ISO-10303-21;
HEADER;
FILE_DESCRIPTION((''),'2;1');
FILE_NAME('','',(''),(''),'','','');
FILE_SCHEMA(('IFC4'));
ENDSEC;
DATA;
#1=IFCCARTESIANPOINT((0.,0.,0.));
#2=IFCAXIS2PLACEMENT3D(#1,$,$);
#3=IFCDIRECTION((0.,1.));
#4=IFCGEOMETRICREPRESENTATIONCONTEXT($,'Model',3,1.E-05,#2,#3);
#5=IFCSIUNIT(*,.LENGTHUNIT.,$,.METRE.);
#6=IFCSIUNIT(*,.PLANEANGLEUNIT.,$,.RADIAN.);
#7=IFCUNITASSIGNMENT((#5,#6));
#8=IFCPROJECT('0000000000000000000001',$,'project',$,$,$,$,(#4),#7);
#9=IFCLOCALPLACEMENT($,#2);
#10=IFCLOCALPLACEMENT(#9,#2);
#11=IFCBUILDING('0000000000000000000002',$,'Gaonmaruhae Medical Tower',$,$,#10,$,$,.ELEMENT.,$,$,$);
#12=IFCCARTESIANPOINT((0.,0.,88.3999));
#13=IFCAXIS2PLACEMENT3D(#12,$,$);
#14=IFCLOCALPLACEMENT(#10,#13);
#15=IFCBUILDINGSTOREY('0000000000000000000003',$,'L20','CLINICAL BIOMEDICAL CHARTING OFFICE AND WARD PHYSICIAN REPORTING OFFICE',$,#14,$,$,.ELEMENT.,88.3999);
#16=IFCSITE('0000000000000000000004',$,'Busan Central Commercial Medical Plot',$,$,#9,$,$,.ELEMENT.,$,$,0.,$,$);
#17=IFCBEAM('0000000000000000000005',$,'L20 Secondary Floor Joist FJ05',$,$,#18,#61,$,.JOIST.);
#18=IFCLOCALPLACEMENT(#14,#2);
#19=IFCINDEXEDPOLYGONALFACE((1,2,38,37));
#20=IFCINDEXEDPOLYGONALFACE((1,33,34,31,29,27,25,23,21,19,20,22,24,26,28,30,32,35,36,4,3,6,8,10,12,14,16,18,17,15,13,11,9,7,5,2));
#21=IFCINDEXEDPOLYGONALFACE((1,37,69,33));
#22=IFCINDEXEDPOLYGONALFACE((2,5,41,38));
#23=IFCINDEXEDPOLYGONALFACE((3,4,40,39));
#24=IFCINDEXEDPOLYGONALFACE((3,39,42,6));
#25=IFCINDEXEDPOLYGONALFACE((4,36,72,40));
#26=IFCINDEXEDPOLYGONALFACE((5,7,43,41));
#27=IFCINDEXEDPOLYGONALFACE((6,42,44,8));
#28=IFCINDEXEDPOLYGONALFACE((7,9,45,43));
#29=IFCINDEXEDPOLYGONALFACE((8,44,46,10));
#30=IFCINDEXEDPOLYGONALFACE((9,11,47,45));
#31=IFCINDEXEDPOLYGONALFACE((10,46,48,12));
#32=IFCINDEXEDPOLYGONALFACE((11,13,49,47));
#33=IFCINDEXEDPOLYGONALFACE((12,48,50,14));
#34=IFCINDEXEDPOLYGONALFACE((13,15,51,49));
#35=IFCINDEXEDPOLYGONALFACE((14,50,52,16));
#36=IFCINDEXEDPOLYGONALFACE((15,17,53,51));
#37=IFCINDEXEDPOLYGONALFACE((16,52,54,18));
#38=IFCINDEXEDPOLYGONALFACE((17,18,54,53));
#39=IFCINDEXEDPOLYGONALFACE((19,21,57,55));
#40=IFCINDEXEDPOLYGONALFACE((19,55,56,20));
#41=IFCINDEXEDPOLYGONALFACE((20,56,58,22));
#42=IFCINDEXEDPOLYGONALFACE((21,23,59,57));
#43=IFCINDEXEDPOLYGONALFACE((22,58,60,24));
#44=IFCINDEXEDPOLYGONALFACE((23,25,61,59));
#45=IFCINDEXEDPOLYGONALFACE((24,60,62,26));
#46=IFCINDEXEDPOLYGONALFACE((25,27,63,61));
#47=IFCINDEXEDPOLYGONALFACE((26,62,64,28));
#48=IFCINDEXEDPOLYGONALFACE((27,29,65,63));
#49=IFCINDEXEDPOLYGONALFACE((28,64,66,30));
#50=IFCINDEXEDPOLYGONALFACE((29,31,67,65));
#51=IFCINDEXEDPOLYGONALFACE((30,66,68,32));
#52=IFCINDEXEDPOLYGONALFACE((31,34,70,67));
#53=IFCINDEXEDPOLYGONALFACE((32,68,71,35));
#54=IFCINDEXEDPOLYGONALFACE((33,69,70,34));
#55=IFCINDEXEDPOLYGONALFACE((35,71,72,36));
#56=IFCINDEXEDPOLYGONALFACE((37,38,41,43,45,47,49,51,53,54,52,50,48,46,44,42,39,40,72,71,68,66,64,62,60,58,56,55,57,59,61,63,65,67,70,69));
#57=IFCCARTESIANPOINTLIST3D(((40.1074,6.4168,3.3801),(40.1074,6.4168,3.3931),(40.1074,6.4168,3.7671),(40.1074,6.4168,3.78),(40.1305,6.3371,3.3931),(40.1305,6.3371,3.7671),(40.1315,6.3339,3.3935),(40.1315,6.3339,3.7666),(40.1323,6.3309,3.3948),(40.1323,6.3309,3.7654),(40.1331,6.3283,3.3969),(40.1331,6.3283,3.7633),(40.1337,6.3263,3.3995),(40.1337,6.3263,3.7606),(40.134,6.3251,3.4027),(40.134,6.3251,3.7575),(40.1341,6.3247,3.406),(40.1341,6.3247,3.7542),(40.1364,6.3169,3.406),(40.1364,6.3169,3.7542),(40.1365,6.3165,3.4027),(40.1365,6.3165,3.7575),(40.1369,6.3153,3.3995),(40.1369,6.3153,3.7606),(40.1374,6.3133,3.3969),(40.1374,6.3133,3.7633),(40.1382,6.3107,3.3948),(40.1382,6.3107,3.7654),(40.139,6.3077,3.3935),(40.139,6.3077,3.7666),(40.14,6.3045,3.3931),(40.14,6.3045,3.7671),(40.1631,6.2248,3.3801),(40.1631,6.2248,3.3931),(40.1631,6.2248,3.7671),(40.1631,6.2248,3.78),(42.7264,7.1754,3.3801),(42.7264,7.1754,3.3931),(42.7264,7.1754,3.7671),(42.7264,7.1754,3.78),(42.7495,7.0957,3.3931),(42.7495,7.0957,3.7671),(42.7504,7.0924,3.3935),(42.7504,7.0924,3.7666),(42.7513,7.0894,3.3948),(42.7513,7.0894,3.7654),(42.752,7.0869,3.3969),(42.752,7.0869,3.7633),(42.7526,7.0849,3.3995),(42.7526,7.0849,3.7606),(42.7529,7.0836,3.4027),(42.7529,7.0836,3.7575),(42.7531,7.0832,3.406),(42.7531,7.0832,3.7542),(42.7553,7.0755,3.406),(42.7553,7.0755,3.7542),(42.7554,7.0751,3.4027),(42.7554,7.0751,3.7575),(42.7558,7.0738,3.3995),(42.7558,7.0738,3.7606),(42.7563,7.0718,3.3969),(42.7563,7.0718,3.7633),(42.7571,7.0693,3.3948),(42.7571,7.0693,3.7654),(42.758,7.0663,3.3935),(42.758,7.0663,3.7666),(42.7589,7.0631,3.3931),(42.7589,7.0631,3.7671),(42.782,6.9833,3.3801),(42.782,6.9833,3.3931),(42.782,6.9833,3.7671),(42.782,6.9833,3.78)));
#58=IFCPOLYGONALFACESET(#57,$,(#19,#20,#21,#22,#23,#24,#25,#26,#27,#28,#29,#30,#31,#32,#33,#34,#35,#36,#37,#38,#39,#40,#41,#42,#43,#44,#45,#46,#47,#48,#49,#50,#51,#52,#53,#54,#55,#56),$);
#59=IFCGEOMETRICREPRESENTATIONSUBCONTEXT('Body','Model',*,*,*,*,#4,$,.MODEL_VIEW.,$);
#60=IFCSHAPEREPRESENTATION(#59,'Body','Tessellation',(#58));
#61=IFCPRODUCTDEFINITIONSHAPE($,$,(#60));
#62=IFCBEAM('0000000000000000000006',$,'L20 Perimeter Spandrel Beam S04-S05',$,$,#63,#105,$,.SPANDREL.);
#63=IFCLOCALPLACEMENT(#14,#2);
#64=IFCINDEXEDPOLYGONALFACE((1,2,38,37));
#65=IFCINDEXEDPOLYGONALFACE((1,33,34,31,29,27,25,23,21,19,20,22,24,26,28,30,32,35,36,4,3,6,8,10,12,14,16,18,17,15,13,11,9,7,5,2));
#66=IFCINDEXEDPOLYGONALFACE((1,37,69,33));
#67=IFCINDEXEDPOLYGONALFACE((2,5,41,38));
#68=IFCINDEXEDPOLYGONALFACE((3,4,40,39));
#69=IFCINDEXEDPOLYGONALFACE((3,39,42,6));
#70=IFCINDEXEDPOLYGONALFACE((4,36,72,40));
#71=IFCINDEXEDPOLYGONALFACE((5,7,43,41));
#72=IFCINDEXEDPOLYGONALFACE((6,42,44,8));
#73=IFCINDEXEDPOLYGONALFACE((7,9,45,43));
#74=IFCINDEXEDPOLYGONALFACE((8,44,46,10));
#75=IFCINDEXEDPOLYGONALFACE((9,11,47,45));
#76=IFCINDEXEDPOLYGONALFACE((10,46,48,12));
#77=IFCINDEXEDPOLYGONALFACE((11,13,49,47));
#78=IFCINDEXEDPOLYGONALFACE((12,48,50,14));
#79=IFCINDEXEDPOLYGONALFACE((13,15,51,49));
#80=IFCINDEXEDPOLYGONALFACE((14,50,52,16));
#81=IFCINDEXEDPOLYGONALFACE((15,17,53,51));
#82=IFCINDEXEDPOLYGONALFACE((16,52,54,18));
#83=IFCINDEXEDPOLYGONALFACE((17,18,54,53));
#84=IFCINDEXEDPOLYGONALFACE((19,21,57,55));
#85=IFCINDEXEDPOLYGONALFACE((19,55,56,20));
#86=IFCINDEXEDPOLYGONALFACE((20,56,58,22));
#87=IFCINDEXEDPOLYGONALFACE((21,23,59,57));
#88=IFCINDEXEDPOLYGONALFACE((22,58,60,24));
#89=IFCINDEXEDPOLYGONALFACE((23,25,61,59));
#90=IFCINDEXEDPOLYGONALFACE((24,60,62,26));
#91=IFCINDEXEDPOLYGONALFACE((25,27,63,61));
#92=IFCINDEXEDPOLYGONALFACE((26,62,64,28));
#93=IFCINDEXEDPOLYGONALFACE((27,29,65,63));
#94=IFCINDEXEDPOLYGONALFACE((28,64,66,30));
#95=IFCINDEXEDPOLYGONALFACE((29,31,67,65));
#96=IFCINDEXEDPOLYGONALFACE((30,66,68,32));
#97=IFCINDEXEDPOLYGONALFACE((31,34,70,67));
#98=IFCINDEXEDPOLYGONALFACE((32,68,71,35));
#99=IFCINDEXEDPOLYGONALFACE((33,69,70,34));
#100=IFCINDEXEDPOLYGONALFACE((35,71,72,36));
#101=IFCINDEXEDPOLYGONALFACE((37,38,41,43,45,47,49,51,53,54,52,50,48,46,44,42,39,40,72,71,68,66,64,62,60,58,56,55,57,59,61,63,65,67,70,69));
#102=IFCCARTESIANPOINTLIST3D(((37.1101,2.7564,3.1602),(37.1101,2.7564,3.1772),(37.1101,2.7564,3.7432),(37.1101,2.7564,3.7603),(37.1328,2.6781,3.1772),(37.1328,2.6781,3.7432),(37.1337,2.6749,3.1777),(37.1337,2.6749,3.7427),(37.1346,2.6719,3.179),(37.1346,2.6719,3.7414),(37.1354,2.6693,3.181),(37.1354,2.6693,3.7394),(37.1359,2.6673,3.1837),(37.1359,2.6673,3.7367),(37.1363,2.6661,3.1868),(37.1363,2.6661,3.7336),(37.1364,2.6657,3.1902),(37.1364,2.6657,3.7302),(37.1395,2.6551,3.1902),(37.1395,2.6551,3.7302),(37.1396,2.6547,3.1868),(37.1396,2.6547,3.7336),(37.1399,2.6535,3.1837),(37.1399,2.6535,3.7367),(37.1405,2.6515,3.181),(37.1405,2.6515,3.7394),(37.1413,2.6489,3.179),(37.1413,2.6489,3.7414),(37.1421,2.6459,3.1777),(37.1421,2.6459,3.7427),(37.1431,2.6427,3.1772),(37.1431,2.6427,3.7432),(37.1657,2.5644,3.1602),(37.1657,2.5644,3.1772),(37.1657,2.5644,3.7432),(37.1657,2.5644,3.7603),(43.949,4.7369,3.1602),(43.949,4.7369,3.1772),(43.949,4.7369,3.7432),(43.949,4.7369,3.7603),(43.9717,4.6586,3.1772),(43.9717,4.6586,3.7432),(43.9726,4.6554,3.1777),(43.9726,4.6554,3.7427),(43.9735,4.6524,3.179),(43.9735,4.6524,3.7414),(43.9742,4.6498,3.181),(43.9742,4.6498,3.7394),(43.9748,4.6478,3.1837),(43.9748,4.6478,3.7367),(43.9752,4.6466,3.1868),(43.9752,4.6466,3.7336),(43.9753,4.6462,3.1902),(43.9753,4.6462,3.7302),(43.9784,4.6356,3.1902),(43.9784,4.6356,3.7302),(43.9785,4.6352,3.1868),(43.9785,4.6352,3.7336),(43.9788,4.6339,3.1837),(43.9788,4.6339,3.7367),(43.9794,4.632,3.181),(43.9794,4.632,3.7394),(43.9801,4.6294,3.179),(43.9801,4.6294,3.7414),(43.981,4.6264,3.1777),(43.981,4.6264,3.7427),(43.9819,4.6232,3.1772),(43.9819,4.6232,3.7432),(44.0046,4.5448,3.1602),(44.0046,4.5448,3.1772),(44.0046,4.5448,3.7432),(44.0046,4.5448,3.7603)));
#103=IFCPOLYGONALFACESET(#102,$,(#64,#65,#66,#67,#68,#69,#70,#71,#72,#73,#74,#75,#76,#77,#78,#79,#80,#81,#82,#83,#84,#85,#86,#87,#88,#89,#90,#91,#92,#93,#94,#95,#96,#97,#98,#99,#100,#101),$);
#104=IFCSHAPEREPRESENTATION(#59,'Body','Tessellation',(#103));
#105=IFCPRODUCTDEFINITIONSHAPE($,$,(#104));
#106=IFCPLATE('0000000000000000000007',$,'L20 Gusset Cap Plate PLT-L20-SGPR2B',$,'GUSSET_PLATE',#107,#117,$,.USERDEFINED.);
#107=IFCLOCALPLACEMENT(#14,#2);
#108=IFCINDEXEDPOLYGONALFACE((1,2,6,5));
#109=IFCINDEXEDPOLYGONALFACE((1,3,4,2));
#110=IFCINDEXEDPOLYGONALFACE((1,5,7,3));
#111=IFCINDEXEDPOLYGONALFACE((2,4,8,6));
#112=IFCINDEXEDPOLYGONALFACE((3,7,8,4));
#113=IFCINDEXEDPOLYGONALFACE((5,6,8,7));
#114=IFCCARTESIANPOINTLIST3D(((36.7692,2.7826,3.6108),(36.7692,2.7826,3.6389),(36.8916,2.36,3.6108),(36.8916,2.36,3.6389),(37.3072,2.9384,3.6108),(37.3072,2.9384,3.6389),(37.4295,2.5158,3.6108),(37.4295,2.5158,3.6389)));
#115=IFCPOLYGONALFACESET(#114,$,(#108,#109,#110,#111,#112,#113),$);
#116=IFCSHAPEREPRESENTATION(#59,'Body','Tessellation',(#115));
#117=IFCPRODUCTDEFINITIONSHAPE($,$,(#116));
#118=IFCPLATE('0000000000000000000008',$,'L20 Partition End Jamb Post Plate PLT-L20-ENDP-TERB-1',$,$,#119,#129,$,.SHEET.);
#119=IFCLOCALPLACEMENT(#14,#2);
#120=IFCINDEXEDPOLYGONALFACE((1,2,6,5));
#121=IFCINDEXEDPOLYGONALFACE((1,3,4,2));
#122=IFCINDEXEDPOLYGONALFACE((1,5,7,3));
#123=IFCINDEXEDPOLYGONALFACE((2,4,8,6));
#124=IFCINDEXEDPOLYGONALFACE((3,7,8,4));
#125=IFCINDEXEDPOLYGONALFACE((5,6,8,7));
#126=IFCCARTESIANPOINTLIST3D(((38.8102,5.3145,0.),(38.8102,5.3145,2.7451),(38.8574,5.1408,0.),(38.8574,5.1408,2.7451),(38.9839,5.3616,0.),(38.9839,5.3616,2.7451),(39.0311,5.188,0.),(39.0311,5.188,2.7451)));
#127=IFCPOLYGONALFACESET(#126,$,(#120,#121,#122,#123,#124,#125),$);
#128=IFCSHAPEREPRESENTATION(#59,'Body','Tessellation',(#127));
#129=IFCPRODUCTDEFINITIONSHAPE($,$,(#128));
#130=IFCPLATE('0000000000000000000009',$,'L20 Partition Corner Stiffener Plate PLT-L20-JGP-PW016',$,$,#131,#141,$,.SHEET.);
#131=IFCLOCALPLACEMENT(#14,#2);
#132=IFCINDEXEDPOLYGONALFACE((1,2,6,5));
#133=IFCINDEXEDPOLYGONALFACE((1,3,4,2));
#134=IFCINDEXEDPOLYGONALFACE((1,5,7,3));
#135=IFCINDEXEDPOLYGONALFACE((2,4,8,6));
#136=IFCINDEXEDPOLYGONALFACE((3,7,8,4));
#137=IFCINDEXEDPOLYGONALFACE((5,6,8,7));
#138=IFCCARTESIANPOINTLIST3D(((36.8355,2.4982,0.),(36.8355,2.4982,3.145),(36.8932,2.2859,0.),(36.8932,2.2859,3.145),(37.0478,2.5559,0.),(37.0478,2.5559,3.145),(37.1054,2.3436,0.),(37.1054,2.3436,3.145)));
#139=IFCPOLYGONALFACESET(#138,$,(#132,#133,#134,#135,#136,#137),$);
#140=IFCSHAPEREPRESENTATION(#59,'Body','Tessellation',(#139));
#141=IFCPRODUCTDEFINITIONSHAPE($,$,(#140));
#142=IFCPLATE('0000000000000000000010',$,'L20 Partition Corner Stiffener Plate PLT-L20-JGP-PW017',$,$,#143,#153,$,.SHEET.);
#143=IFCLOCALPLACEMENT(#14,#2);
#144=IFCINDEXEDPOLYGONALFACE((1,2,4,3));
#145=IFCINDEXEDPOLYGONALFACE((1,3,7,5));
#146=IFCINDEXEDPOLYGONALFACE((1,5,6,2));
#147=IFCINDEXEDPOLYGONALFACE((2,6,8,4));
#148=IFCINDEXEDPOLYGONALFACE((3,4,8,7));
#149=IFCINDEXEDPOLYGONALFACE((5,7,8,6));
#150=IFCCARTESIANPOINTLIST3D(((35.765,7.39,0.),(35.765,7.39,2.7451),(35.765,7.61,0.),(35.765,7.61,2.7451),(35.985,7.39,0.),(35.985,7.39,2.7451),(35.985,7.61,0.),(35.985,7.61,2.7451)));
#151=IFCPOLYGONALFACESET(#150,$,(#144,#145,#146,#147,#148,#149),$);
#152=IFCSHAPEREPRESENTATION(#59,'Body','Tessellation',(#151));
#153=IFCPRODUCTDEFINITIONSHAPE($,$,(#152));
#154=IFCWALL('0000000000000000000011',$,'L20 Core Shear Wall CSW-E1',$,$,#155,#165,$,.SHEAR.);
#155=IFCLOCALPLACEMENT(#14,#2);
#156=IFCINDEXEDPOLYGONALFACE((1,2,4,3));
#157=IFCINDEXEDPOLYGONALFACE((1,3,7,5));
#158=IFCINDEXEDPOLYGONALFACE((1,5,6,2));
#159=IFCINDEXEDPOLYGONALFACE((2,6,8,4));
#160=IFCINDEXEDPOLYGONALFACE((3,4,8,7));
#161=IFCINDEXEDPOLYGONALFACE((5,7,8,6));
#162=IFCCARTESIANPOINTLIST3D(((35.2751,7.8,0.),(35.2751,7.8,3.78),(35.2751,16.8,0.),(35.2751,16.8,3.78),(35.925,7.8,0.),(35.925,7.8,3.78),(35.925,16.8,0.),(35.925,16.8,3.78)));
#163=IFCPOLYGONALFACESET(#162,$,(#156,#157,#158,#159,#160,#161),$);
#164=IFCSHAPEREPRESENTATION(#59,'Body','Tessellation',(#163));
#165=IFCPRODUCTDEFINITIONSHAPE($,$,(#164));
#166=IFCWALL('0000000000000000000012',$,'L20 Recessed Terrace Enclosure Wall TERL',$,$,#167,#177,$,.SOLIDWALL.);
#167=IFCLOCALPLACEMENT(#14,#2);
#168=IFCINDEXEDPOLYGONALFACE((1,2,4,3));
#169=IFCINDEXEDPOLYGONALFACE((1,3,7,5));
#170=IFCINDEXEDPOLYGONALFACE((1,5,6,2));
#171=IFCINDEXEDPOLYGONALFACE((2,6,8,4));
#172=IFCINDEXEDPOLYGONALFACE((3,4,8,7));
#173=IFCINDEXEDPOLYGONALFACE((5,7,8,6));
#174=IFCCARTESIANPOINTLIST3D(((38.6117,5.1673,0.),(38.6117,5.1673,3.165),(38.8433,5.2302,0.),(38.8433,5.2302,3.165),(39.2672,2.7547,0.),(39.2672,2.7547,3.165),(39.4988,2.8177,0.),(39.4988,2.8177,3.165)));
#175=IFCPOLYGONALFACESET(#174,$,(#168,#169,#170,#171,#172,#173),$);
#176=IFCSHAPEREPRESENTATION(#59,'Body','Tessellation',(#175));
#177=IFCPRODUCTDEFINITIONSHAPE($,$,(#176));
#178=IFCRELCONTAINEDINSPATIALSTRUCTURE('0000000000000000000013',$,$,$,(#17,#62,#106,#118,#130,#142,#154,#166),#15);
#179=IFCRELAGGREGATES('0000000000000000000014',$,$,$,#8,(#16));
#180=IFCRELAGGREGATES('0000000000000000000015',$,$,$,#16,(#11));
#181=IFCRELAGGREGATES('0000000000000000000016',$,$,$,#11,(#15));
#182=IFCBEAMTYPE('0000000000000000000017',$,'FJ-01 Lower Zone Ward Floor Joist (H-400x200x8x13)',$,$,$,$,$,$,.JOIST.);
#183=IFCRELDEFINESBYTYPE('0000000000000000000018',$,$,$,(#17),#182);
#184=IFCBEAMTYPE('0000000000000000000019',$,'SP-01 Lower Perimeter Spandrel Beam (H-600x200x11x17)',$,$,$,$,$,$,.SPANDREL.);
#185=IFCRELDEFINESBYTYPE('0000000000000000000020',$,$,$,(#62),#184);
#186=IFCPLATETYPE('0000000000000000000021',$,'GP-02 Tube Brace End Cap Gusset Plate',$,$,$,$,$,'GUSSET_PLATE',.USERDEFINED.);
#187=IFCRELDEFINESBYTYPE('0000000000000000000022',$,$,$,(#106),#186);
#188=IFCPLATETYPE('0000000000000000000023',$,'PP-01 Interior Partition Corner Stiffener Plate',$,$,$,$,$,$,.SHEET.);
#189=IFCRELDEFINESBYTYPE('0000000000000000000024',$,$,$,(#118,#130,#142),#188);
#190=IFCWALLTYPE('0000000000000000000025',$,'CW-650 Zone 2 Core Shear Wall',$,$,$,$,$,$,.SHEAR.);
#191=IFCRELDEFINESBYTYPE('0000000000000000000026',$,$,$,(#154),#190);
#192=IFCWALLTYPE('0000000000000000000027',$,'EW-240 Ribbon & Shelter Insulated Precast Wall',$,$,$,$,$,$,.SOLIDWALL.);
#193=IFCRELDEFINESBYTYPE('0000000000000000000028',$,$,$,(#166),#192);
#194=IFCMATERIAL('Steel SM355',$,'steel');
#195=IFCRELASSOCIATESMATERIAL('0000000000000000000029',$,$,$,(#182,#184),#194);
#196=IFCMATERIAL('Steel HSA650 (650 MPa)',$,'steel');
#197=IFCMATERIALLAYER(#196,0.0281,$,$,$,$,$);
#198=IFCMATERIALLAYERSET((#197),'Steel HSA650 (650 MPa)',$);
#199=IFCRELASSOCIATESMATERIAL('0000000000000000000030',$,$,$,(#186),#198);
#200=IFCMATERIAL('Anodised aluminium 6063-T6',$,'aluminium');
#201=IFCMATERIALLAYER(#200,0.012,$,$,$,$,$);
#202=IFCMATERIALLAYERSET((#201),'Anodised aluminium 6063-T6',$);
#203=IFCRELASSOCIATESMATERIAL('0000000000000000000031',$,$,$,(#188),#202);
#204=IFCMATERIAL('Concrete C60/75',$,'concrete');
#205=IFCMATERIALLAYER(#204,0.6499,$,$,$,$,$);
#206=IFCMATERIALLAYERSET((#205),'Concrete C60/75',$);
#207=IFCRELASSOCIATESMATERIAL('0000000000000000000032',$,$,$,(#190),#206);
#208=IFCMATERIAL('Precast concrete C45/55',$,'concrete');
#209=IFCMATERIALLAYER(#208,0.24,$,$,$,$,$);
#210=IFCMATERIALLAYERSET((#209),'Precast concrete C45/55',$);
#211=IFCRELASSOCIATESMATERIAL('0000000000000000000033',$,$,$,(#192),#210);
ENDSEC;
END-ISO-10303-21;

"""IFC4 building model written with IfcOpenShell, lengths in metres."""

from ifc_helpers import new_model, si_unit, direction, frame, frame_2d, origin, origin_2d, place, context, subcontext, project, spatial, rectangle, i_section, extrude, material, layer, layer_set, material_profile, profile_set, type_object, element, save


model = new_model("IFC4")

# Units and contexts
model_context = context("Model", 3, precision=1e-05, world=origin(), true_north=direction((0.0, 1.0)))
body_context = subcontext(model_context, "Body", "Model", "MODEL_VIEW")
ifc_project = project(units=[si_unit("LENGTHUNIT", "METRE"), si_unit("PLANEANGLEUNIT", "RADIAN")], contexts=[model_context])

# Site, building, storey
site_placement = place(None, origin())
site = spatial("IfcSite", under=ifc_project, at=site_placement, Name="Busan Central Commercial Medical Plot", CompositionType="ELEMENT", RefElevation=0.0)
building_placement = place(site_placement, origin())
building = spatial("IfcBuilding", under=site, at=building_placement, Name="Gaonmaruhae Medical Tower", CompositionType="ELEMENT")
storey_placement = place(building_placement, frame((0.0, 0.0, 88.3999)))
storey = spatial("IfcBuildingStorey", under=building, at=storey_placement, Name="L20", Description="CLINICAL BIOMEDICAL CHARTING OFFICE AND WARD PHYSICIAN REPORTING OFFICE", CompositionType="ELEMENT", Elevation=88.3999)

# Shared definitions
ifc_material_1 = material(Name="Concrete C60/75", Category="concrete")

# Beams
ifc_material_2 = material(Name="Steel SM355", Category="steel")
ifc_material_profile_1 = material_profile(ifc_material_2, i_section(OverallWidth=0.2, OverallDepth=0.3999, WebThickness=0.0081, FlangeThickness=0.0129, FilletRadius=0.0129, at=origin_2d()), Name="H-400x200x8x13")
ifc_profile_set_1 = profile_set([ifc_material_profile_1], Name="Steel SM355")
beam_type_1 = type_object("IfcBeamType", Name="FJ-01 Lower Zone Ward Floor Joist (H-400x200x8x13)", PredefinedType="JOIST", material=ifc_profile_set_1)
beam_1_placement = place(storey_placement, frame((40.1353, 6.3208, 3.5801), z_axis=(0.960521, 0.278208, 0.0), x_axis=(-0.278208, 0.960521, 0.0)))
element("IfcBeam", 1, at=beam_1_placement, inside=storey, type_object=beam_type_1, Name="L20 Secondary Floor Joist FJ05", PredefinedType="JOIST", context=body_context, shape_type="SweptSolid", body=[
    extrude(i_section(OverallWidth=0.2, OverallDepth=0.3999, WebThickness=0.0081, FlangeThickness=0.0129, FilletRadius=0.0129, at=origin_2d()), origin(), (0.0, 0.0, 1.0), 2.7266),
])
ifc_material_profile_2 = material_profile(ifc_material_2, i_section(OverallWidth=0.2, OverallDepth=0.6001, WebThickness=0.011, FlangeThickness=0.0171, FilletRadius=0.0129, at=origin_2d()), Name="H-600x200x11x17")
ifc_profile_set_2 = profile_set([ifc_material_profile_2], Name="Steel SM355")
beam_type_2 = type_object("IfcBeamType", Name="SP-01 Lower Perimeter Spandrel Beam (H-600x200x11x17)", PredefinedType="SPANDREL", material=ifc_profile_set_2)
beam_2_placement = place(storey_placement, frame((37.1379, 2.6604, 3.4602), z_axis=(0.960534, 0.278161, 0.0), x_axis=(-0.278161, 0.960534, 0.0)))
element("IfcBeam", 2, at=beam_2_placement, inside=storey, type_object=beam_type_2, Name="L20 Perimeter Spandrel Beam S04-S05", PredefinedType="SPANDREL", context=body_context, shape_type="SweptSolid", body=[
    extrude(i_section(OverallWidth=0.2, OverallDepth=0.6001, WebThickness=0.011, FlangeThickness=0.0171, FilletRadius=0.0129, at=origin_2d()), origin(), (0.0, 0.0, 1.0), 7.1199),
])

# Plates
ifc_material_3 = material(Name="Steel HSA650 (650 MPa)", Category="steel")
ifc_layer_1 = layer(ifc_material_3, 0.0281)
ifc_layer_set_1 = layer_set([ifc_layer_1], Name="Steel HSA650 (650 MPa)")
plate_type_1 = type_object("IfcPlateType", Name="GP-02 Tube Brace End Cap Gusset Plate", ElementType="GUSSET_PLATE", PredefinedType="USERDEFINED", material=ifc_layer_set_1)
plate_1_placement = place(storey_placement, frame((37.0994, 2.6492, 3.6108), z_axis=(0.0, 0.0, 1.0), x_axis=(0.960537, 0.278153, 0.0)))
element("IfcPlate", 3, at=plate_1_placement, inside=storey, type_object=plate_type_1, Name="L20 Gusset Cap Plate PLT-L20-SGPR2B", ObjectType="GUSSET_PLATE", PredefinedType="USERDEFINED", context=body_context, shape_type="SweptSolid", body=[
    extrude(rectangle(XDim=0.5601, YDim=0.4399, at=origin_2d()), origin(), (0.0, 0.0, 1.0), 0.0281),
])
ifc_material_4 = material(Name="Anodised aluminium 6063-T6", Category="aluminium")
ifc_layer_2 = layer(ifc_material_4, 0.012)
ifc_layer_set_2 = layer_set([ifc_layer_2], Name="Anodised aluminium 6063-T6")
plate_type_2 = type_object("IfcPlateType", Name="PP-01 Interior Partition Corner Stiffener Plate", PredefinedType="SHEET", material=ifc_layer_set_2)
plate_2_placement = place(storey_placement, frame((38.9207, 5.2512, 0.0), z_axis=(0.0, 0.0, 1.0), x_axis=(-0.965016, -0.262189, 0.0)))
element("IfcPlate", 4, at=plate_2_placement, inside=storey, type_object=plate_type_2, Name="L20 Partition End Jamb Post Plate PLT-L20-ENDP-TERB-1", PredefinedType="SHEET", context=body_context, shape_type="SweptSolid", body=[
    extrude(rectangle(XDim=0.1799, YDim=0.1799, at=origin_2d()), origin(), (0.0, 0.0, 1.0), 2.7451),
])
plate_3_placement = place(storey_placement, frame((36.9705, 2.4209, 0.0), z_axis=(0.0, 0.0, 1.0), x_axis=(-0.965021, -0.262172, 0.0)))
element("IfcPlate", 5, at=plate_3_placement, inside=storey, type_object=plate_type_2, Name="L20 Partition Corner Stiffener Plate PLT-L20-JGP-PW016", PredefinedType="SHEET", context=body_context, shape_type="SweptSolid", body=[
    extrude(rectangle(XDim=0.22, YDim=0.22, at=origin_2d()), origin(), (0.0, 0.0, 1.0), 3.145),
])
plate_4_placement = place(storey_placement, frame((35.875, 7.5, 0.0), z_axis=(0.0, 0.0, 1.0), x_axis=(1.0, 0.0, 0.0)))
element("IfcPlate", 6, at=plate_4_placement, inside=storey, type_object=plate_type_2, Name="L20 Partition Corner Stiffener Plate PLT-L20-JGP-PW017", PredefinedType="SHEET", context=body_context, shape_type="SweptSolid", body=[
    extrude(rectangle(XDim=0.22, YDim=0.22, at=origin_2d()), origin(), (0.0, 0.0, 1.0), 2.7451),
])

# Walls
ifc_layer_3 = layer(ifc_material_1, 0.6499)
ifc_layer_set_3 = layer_set([ifc_layer_3], Name="Concrete C60/75")
wall_type_1 = type_object("IfcWallType", Name="CW-650 Zone 2 Core Shear Wall", PredefinedType="SHEAR", material=ifc_layer_set_3)
wall_1_placement = place(storey_placement, frame((35.6001, 7.8, 0.0), z_axis=(0.0, 0.0, 1.0), x_axis=(0.0, 1.0, 0.0)))
element("IfcWall", 7, at=wall_1_placement, inside=storey, type_object=wall_type_1, Name="L20 Core Shear Wall CSW-E1", PredefinedType="SHEAR", context=body_context, shape_type="SweptSolid", body=[
    extrude(rectangle(XDim=9.0, YDim=0.6499, at=frame_2d((4.5, 0.0))), origin(), (0.0, 0.0, 1.0), 3.78),
])
ifc_material_5 = material(Name="Precast concrete C45/55", Category="concrete")
ifc_layer_4 = layer(ifc_material_5, 0.24)
ifc_layer_set_4 = layer_set([ifc_layer_4], Name="Precast concrete C45/55")
wall_type_2 = type_object("IfcWallType", Name="EW-240 Ribbon & Shelter Insulated Precast Wall", PredefinedType="SOLIDWALL", material=ifc_layer_set_4)
wall_2_placement = place(storey_placement, frame((38.7275, 5.1987, 0.0), z_axis=(0.0, 0.0, 1.0), x_axis=(0.2622, -0.965014, 0.0)))
element("IfcWall", 8, at=wall_2_placement, inside=storey, type_object=wall_type_2, Name="L20 Recessed Terrace Enclosure Wall TERL", PredefinedType="SOLIDWALL", context=body_context, shape_type="SweptSolid", body=[
    extrude(rectangle(XDim=2.5, YDim=0.24, at=frame_2d((1.25, 0.0))), origin(), (0.0, 0.0, 1.0), 3.165),
])

save(model, "model.ifc")
